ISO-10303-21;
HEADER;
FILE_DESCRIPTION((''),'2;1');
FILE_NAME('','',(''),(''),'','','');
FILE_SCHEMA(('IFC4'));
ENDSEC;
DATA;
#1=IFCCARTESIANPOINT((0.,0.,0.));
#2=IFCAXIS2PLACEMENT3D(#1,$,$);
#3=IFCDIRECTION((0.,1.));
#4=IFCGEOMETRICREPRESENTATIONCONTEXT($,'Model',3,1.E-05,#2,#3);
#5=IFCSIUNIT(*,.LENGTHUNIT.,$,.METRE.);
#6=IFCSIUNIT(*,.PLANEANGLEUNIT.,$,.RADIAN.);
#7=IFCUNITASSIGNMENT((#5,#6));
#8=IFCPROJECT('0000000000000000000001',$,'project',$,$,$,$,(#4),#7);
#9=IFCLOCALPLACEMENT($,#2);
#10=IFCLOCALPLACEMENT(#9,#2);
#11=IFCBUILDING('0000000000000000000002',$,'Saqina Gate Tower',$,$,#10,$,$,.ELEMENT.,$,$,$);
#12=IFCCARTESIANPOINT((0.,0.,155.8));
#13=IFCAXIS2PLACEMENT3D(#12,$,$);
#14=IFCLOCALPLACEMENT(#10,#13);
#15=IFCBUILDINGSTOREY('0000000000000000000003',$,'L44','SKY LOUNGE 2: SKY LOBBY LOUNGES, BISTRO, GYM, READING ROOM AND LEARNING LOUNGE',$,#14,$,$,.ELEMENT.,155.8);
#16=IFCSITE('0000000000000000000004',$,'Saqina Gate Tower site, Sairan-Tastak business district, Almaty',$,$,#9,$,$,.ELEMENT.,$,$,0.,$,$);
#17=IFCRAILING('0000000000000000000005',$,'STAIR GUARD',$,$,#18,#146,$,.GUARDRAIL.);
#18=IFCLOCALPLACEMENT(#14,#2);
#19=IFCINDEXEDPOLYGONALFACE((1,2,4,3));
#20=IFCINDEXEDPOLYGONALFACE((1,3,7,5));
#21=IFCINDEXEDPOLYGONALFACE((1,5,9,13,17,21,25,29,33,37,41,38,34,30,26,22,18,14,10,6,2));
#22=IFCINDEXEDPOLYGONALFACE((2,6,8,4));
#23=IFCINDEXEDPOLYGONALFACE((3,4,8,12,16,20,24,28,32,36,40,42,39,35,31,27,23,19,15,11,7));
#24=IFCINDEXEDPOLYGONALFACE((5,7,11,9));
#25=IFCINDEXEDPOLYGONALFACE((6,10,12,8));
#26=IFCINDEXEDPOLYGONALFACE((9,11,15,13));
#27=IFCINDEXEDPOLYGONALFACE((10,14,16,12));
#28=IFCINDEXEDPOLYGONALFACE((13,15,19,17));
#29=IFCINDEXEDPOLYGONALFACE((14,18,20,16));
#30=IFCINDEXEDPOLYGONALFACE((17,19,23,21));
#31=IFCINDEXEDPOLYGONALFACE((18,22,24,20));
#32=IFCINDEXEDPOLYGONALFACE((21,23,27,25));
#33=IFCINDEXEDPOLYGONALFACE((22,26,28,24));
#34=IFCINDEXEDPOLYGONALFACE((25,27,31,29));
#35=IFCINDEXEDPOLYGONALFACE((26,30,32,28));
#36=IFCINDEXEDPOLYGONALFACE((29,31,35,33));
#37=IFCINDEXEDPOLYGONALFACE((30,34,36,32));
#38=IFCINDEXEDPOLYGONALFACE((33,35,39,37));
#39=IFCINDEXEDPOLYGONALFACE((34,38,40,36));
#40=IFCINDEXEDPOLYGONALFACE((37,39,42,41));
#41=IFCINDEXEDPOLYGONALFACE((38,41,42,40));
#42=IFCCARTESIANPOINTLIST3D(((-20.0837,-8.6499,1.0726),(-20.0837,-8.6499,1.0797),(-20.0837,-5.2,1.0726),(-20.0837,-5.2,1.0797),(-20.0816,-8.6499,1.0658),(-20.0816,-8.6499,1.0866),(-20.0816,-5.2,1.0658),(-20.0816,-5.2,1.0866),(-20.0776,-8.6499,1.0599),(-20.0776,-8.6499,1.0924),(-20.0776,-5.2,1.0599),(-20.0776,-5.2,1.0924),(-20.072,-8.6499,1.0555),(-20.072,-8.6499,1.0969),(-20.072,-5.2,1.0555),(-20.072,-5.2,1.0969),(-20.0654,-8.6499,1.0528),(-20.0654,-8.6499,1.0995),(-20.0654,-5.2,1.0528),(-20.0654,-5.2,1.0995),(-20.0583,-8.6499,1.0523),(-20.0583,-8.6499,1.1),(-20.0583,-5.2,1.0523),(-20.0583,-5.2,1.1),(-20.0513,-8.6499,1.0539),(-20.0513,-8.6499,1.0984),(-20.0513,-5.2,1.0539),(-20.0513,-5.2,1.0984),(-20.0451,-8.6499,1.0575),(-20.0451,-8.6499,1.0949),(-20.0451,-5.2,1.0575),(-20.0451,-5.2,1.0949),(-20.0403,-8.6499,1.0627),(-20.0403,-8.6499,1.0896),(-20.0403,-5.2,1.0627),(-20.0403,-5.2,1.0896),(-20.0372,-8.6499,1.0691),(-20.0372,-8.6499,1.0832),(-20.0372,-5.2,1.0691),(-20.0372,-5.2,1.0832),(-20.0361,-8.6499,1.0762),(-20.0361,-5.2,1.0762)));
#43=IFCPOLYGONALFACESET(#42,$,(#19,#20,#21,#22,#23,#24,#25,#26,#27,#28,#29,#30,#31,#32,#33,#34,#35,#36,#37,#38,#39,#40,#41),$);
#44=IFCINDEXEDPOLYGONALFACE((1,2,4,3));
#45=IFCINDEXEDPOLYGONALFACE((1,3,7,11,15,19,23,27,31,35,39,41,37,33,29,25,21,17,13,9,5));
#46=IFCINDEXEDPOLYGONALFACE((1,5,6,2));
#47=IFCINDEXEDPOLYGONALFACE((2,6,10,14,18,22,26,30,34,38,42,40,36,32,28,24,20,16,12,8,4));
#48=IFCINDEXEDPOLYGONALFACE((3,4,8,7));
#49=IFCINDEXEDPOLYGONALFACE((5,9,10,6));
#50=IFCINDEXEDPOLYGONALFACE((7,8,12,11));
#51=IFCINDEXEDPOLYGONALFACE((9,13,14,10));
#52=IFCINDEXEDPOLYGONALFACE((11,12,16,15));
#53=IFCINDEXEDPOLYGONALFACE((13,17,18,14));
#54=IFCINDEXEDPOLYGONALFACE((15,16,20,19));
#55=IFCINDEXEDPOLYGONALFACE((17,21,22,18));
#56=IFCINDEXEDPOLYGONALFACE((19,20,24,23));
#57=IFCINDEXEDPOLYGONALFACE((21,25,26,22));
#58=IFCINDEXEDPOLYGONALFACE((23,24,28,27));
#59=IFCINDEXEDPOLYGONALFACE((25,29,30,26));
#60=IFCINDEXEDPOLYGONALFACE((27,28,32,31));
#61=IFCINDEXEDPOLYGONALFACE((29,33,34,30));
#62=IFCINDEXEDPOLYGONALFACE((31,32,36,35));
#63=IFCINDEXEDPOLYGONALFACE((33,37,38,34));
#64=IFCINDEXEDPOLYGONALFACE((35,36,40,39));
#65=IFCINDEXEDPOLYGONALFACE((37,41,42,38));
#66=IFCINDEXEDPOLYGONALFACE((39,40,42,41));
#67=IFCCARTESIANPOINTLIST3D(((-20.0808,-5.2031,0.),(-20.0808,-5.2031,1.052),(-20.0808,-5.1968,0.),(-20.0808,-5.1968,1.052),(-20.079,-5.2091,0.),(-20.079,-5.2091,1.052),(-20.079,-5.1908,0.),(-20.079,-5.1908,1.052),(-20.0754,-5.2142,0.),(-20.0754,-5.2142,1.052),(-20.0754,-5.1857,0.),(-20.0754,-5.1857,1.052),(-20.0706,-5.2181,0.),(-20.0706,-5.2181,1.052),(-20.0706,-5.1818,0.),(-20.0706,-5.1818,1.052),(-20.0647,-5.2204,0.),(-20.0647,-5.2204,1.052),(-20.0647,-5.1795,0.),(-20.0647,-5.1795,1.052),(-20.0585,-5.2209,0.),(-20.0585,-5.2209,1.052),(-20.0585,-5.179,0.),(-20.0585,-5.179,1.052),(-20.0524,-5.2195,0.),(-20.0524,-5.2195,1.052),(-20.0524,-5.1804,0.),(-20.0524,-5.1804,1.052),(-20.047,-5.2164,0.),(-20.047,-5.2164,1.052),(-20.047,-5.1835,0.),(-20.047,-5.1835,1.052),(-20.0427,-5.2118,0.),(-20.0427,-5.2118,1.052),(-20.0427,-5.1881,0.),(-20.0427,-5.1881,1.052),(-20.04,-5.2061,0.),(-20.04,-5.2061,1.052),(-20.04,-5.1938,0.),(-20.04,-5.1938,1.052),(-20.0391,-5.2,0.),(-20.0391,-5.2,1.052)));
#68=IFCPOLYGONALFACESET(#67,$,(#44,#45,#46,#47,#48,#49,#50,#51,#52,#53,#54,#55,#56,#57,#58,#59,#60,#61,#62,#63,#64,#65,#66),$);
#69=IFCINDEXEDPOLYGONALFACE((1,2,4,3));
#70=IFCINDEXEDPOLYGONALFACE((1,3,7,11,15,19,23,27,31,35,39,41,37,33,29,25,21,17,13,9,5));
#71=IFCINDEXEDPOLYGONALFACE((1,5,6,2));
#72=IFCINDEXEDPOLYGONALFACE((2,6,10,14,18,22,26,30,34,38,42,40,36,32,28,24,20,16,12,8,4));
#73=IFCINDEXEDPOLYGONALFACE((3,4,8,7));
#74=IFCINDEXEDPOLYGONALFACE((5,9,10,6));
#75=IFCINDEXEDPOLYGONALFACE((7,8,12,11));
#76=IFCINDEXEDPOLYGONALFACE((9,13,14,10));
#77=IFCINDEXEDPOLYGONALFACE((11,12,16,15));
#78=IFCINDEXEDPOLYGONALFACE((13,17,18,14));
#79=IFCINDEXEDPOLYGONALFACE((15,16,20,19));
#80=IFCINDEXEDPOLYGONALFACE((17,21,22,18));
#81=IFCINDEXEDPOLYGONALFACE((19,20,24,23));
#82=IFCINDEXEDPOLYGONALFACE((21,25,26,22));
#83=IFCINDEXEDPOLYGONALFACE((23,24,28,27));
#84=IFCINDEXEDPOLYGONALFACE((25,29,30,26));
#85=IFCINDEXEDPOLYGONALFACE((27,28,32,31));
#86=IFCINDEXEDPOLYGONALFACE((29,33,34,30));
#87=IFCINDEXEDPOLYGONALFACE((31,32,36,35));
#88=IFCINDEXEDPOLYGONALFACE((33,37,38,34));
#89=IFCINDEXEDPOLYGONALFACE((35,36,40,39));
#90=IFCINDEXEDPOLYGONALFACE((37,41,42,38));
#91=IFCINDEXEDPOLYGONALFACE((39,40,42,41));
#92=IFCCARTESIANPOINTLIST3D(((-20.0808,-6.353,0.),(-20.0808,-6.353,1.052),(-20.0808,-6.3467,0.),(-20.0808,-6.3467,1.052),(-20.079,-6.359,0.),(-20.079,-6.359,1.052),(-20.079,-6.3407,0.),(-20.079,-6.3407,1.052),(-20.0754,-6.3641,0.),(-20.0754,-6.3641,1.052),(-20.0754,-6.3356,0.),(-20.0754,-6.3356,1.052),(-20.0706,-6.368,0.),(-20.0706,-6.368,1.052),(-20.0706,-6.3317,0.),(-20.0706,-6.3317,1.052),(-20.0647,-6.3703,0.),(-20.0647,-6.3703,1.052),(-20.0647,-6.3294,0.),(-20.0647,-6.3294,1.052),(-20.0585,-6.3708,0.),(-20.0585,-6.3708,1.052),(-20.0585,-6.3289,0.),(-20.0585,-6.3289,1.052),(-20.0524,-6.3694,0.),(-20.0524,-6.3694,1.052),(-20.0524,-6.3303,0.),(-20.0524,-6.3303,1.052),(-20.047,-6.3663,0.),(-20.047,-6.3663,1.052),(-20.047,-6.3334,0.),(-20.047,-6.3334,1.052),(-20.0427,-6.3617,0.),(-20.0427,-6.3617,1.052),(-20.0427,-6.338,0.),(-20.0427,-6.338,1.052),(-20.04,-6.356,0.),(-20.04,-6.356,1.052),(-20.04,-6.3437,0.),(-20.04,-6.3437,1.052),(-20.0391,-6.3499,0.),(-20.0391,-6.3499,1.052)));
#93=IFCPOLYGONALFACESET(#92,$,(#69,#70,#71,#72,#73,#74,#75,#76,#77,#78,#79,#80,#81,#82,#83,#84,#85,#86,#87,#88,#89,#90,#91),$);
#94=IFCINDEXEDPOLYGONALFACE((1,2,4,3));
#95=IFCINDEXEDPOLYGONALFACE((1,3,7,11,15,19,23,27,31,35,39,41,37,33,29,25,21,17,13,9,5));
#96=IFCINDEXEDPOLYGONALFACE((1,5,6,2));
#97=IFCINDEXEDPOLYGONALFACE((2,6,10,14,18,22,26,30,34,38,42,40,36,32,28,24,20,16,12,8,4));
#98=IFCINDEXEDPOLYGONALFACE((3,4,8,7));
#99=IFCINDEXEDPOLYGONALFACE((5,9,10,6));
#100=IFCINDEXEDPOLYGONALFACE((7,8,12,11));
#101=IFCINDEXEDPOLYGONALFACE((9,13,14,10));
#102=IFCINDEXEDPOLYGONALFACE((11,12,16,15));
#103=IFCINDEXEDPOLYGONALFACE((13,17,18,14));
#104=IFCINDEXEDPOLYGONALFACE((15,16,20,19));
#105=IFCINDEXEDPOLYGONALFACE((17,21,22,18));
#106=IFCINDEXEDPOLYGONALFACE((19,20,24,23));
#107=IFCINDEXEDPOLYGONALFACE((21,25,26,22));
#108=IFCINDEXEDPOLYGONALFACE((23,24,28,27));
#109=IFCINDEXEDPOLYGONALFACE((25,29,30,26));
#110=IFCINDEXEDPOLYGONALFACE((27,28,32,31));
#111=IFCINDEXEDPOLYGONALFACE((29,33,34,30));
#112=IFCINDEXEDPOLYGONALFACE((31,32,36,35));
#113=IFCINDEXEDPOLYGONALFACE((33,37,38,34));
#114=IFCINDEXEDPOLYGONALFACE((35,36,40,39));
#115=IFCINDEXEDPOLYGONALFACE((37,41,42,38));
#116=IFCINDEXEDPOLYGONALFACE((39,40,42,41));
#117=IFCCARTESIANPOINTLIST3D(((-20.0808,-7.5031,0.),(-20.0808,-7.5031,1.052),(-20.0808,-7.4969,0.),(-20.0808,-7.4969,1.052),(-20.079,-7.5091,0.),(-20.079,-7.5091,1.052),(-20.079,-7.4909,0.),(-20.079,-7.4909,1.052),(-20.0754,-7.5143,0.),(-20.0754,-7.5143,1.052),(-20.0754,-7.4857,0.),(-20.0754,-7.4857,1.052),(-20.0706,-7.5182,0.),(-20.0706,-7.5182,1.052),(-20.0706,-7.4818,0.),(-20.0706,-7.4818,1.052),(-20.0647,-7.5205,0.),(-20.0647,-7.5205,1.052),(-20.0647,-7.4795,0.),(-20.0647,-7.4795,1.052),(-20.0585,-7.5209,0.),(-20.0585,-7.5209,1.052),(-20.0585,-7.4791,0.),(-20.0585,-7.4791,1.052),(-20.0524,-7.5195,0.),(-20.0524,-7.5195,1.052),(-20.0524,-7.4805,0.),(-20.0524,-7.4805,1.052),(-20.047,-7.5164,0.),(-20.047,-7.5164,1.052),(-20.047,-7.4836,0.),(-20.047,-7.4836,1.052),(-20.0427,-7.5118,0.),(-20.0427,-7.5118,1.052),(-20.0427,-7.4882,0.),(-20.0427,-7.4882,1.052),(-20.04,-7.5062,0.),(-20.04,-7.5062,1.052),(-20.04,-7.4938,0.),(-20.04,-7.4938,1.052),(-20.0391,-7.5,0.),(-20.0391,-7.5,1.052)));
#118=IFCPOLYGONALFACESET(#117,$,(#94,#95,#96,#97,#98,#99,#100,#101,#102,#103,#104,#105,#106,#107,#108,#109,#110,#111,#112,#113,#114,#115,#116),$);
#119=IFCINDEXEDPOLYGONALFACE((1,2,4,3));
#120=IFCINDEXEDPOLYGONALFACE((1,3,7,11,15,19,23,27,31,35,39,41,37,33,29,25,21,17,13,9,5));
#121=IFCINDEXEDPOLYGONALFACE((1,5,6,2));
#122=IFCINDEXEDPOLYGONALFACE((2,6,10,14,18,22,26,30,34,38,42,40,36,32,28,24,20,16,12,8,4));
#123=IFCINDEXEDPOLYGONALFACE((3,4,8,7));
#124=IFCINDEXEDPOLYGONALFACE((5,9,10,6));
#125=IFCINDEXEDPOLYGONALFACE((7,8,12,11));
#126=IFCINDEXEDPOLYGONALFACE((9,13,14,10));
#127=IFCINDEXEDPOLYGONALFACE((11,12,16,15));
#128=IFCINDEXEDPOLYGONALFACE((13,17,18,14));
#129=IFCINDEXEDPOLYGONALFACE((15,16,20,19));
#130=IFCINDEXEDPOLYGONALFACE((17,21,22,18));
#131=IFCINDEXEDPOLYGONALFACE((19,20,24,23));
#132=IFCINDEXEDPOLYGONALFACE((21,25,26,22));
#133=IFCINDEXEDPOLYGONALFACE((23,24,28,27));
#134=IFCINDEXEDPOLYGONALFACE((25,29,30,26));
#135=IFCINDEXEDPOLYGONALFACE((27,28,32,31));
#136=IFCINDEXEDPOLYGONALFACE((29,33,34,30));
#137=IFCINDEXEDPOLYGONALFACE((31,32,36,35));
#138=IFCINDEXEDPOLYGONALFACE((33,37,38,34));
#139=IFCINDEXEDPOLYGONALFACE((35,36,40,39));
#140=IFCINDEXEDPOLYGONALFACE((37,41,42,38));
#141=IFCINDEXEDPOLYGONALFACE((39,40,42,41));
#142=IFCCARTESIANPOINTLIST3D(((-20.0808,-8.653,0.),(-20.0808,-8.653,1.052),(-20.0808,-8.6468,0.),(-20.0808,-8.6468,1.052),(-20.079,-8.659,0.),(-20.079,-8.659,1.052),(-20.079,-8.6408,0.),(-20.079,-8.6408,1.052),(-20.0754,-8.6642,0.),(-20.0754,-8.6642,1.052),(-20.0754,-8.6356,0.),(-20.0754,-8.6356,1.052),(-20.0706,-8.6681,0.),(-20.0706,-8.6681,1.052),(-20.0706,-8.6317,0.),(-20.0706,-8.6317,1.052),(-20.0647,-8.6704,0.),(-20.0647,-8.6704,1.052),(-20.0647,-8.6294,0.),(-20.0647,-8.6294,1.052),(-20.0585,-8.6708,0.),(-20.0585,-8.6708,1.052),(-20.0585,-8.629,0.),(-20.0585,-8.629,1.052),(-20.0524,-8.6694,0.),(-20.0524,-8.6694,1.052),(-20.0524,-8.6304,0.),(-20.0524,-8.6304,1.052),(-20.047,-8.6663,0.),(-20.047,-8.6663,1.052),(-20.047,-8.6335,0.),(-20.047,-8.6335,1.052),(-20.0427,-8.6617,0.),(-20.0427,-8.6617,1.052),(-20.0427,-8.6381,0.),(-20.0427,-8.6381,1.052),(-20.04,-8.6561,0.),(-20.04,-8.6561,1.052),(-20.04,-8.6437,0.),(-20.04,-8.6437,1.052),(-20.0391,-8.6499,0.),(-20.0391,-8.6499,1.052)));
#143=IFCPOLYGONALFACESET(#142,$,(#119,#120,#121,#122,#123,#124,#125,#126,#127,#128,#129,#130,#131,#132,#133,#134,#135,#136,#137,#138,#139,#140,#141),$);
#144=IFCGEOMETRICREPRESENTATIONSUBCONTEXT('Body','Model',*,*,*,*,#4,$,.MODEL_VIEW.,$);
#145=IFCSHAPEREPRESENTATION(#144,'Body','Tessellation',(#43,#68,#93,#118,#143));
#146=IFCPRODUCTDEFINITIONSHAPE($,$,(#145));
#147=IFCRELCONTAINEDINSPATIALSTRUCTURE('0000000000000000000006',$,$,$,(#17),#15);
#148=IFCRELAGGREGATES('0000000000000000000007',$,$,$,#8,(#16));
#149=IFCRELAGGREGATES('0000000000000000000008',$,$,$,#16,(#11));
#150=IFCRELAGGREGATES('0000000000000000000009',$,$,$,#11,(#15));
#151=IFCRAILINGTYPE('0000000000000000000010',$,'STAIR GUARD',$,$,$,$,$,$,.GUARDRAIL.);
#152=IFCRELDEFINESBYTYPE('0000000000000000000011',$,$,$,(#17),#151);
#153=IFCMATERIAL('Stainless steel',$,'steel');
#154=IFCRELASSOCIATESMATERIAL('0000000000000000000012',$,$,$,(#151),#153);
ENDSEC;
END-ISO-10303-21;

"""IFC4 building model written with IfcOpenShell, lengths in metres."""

from ifc_helpers import new_model, si_unit, direction, frame, origin, origin_2d, place, context, subcontext, project, spatial, circle, extrude, material, type_object, element, save


model = new_model("IFC4")

# Units and contexts
model_context = context("Model", 3, precision=1e-05, world=origin(), true_north=direction((0.0, 1.0)))
body_context = subcontext(model_context, "Body", "Model", "MODEL_VIEW")
ifc_project = project(units=[si_unit("LENGTHUNIT", "METRE"), si_unit("PLANEANGLEUNIT", "RADIAN")], contexts=[model_context])

# Site, building, storey
site_placement = place(None, origin())
site = spatial("IfcSite", under=ifc_project, at=site_placement, Name="Saqina Gate Tower site, Sairan-Tastak business district, Almaty", CompositionType="ELEMENT", RefElevation=0.0)
building_placement = place(site_placement, origin())
building = spatial("IfcBuilding", under=site, at=building_placement, Name="Saqina Gate Tower", CompositionType="ELEMENT")
storey_placement = place(building_placement, frame((0.0, 0.0, 155.8)))
storey = spatial("IfcBuildingStorey", under=building, at=storey_placement, Name="L44", Description="SKY LOUNGE 2: SKY LOBBY LOUNGES, BISTRO, GYM, READING ROOM AND LEARNING LOUNGE", CompositionType="ELEMENT", Elevation=155.8)

# Railing
ifc_material_1 = material(Name="Stainless steel", Category="steel")
railing_type = type_object("IfcRailingType", Name="STAIR GUARD", PredefinedType="GUARDRAIL", material=ifc_material_1)
railing_placement = place(storey_placement, frame((-20.0601, -5.2, 0.0)))
element("IfcRailing", 1, at=railing_placement, inside=storey, type_object=railing_type, Name="STAIR GUARD", PredefinedType="GUARDRAIL", context=body_context, shape_type="SweptSolid", body=[
    extrude(circle(Radius=0.0239, at=origin_2d()), frame((0.0, 0.0, 1.0762), z_axis=(0.0, -1.0, 0.0), x_axis=(1.0, 0.0, 0.0)), (0.0, 0.0, 1.0), 3.45),
    extrude(circle(Radius=0.021, at=origin_2d()), origin(), (0.0, 0.0, 1.0), 1.052),
    extrude(circle(Radius=0.021, at=origin_2d()), frame((0.0, -1.1499, 0.0)), (0.0, 0.0, 1.0), 1.052),
    extrude(circle(Radius=0.021, at=origin_2d()), frame((0.0, -2.3, 0.0)), (0.0, 0.0, 1.0), 1.052),
    extrude(circle(Radius=0.021, at=origin_2d()), frame((0.0, -3.45, 0.0)), (0.0, 0.0, 1.0), 1.052),
])

save(model, "model.ifc")
